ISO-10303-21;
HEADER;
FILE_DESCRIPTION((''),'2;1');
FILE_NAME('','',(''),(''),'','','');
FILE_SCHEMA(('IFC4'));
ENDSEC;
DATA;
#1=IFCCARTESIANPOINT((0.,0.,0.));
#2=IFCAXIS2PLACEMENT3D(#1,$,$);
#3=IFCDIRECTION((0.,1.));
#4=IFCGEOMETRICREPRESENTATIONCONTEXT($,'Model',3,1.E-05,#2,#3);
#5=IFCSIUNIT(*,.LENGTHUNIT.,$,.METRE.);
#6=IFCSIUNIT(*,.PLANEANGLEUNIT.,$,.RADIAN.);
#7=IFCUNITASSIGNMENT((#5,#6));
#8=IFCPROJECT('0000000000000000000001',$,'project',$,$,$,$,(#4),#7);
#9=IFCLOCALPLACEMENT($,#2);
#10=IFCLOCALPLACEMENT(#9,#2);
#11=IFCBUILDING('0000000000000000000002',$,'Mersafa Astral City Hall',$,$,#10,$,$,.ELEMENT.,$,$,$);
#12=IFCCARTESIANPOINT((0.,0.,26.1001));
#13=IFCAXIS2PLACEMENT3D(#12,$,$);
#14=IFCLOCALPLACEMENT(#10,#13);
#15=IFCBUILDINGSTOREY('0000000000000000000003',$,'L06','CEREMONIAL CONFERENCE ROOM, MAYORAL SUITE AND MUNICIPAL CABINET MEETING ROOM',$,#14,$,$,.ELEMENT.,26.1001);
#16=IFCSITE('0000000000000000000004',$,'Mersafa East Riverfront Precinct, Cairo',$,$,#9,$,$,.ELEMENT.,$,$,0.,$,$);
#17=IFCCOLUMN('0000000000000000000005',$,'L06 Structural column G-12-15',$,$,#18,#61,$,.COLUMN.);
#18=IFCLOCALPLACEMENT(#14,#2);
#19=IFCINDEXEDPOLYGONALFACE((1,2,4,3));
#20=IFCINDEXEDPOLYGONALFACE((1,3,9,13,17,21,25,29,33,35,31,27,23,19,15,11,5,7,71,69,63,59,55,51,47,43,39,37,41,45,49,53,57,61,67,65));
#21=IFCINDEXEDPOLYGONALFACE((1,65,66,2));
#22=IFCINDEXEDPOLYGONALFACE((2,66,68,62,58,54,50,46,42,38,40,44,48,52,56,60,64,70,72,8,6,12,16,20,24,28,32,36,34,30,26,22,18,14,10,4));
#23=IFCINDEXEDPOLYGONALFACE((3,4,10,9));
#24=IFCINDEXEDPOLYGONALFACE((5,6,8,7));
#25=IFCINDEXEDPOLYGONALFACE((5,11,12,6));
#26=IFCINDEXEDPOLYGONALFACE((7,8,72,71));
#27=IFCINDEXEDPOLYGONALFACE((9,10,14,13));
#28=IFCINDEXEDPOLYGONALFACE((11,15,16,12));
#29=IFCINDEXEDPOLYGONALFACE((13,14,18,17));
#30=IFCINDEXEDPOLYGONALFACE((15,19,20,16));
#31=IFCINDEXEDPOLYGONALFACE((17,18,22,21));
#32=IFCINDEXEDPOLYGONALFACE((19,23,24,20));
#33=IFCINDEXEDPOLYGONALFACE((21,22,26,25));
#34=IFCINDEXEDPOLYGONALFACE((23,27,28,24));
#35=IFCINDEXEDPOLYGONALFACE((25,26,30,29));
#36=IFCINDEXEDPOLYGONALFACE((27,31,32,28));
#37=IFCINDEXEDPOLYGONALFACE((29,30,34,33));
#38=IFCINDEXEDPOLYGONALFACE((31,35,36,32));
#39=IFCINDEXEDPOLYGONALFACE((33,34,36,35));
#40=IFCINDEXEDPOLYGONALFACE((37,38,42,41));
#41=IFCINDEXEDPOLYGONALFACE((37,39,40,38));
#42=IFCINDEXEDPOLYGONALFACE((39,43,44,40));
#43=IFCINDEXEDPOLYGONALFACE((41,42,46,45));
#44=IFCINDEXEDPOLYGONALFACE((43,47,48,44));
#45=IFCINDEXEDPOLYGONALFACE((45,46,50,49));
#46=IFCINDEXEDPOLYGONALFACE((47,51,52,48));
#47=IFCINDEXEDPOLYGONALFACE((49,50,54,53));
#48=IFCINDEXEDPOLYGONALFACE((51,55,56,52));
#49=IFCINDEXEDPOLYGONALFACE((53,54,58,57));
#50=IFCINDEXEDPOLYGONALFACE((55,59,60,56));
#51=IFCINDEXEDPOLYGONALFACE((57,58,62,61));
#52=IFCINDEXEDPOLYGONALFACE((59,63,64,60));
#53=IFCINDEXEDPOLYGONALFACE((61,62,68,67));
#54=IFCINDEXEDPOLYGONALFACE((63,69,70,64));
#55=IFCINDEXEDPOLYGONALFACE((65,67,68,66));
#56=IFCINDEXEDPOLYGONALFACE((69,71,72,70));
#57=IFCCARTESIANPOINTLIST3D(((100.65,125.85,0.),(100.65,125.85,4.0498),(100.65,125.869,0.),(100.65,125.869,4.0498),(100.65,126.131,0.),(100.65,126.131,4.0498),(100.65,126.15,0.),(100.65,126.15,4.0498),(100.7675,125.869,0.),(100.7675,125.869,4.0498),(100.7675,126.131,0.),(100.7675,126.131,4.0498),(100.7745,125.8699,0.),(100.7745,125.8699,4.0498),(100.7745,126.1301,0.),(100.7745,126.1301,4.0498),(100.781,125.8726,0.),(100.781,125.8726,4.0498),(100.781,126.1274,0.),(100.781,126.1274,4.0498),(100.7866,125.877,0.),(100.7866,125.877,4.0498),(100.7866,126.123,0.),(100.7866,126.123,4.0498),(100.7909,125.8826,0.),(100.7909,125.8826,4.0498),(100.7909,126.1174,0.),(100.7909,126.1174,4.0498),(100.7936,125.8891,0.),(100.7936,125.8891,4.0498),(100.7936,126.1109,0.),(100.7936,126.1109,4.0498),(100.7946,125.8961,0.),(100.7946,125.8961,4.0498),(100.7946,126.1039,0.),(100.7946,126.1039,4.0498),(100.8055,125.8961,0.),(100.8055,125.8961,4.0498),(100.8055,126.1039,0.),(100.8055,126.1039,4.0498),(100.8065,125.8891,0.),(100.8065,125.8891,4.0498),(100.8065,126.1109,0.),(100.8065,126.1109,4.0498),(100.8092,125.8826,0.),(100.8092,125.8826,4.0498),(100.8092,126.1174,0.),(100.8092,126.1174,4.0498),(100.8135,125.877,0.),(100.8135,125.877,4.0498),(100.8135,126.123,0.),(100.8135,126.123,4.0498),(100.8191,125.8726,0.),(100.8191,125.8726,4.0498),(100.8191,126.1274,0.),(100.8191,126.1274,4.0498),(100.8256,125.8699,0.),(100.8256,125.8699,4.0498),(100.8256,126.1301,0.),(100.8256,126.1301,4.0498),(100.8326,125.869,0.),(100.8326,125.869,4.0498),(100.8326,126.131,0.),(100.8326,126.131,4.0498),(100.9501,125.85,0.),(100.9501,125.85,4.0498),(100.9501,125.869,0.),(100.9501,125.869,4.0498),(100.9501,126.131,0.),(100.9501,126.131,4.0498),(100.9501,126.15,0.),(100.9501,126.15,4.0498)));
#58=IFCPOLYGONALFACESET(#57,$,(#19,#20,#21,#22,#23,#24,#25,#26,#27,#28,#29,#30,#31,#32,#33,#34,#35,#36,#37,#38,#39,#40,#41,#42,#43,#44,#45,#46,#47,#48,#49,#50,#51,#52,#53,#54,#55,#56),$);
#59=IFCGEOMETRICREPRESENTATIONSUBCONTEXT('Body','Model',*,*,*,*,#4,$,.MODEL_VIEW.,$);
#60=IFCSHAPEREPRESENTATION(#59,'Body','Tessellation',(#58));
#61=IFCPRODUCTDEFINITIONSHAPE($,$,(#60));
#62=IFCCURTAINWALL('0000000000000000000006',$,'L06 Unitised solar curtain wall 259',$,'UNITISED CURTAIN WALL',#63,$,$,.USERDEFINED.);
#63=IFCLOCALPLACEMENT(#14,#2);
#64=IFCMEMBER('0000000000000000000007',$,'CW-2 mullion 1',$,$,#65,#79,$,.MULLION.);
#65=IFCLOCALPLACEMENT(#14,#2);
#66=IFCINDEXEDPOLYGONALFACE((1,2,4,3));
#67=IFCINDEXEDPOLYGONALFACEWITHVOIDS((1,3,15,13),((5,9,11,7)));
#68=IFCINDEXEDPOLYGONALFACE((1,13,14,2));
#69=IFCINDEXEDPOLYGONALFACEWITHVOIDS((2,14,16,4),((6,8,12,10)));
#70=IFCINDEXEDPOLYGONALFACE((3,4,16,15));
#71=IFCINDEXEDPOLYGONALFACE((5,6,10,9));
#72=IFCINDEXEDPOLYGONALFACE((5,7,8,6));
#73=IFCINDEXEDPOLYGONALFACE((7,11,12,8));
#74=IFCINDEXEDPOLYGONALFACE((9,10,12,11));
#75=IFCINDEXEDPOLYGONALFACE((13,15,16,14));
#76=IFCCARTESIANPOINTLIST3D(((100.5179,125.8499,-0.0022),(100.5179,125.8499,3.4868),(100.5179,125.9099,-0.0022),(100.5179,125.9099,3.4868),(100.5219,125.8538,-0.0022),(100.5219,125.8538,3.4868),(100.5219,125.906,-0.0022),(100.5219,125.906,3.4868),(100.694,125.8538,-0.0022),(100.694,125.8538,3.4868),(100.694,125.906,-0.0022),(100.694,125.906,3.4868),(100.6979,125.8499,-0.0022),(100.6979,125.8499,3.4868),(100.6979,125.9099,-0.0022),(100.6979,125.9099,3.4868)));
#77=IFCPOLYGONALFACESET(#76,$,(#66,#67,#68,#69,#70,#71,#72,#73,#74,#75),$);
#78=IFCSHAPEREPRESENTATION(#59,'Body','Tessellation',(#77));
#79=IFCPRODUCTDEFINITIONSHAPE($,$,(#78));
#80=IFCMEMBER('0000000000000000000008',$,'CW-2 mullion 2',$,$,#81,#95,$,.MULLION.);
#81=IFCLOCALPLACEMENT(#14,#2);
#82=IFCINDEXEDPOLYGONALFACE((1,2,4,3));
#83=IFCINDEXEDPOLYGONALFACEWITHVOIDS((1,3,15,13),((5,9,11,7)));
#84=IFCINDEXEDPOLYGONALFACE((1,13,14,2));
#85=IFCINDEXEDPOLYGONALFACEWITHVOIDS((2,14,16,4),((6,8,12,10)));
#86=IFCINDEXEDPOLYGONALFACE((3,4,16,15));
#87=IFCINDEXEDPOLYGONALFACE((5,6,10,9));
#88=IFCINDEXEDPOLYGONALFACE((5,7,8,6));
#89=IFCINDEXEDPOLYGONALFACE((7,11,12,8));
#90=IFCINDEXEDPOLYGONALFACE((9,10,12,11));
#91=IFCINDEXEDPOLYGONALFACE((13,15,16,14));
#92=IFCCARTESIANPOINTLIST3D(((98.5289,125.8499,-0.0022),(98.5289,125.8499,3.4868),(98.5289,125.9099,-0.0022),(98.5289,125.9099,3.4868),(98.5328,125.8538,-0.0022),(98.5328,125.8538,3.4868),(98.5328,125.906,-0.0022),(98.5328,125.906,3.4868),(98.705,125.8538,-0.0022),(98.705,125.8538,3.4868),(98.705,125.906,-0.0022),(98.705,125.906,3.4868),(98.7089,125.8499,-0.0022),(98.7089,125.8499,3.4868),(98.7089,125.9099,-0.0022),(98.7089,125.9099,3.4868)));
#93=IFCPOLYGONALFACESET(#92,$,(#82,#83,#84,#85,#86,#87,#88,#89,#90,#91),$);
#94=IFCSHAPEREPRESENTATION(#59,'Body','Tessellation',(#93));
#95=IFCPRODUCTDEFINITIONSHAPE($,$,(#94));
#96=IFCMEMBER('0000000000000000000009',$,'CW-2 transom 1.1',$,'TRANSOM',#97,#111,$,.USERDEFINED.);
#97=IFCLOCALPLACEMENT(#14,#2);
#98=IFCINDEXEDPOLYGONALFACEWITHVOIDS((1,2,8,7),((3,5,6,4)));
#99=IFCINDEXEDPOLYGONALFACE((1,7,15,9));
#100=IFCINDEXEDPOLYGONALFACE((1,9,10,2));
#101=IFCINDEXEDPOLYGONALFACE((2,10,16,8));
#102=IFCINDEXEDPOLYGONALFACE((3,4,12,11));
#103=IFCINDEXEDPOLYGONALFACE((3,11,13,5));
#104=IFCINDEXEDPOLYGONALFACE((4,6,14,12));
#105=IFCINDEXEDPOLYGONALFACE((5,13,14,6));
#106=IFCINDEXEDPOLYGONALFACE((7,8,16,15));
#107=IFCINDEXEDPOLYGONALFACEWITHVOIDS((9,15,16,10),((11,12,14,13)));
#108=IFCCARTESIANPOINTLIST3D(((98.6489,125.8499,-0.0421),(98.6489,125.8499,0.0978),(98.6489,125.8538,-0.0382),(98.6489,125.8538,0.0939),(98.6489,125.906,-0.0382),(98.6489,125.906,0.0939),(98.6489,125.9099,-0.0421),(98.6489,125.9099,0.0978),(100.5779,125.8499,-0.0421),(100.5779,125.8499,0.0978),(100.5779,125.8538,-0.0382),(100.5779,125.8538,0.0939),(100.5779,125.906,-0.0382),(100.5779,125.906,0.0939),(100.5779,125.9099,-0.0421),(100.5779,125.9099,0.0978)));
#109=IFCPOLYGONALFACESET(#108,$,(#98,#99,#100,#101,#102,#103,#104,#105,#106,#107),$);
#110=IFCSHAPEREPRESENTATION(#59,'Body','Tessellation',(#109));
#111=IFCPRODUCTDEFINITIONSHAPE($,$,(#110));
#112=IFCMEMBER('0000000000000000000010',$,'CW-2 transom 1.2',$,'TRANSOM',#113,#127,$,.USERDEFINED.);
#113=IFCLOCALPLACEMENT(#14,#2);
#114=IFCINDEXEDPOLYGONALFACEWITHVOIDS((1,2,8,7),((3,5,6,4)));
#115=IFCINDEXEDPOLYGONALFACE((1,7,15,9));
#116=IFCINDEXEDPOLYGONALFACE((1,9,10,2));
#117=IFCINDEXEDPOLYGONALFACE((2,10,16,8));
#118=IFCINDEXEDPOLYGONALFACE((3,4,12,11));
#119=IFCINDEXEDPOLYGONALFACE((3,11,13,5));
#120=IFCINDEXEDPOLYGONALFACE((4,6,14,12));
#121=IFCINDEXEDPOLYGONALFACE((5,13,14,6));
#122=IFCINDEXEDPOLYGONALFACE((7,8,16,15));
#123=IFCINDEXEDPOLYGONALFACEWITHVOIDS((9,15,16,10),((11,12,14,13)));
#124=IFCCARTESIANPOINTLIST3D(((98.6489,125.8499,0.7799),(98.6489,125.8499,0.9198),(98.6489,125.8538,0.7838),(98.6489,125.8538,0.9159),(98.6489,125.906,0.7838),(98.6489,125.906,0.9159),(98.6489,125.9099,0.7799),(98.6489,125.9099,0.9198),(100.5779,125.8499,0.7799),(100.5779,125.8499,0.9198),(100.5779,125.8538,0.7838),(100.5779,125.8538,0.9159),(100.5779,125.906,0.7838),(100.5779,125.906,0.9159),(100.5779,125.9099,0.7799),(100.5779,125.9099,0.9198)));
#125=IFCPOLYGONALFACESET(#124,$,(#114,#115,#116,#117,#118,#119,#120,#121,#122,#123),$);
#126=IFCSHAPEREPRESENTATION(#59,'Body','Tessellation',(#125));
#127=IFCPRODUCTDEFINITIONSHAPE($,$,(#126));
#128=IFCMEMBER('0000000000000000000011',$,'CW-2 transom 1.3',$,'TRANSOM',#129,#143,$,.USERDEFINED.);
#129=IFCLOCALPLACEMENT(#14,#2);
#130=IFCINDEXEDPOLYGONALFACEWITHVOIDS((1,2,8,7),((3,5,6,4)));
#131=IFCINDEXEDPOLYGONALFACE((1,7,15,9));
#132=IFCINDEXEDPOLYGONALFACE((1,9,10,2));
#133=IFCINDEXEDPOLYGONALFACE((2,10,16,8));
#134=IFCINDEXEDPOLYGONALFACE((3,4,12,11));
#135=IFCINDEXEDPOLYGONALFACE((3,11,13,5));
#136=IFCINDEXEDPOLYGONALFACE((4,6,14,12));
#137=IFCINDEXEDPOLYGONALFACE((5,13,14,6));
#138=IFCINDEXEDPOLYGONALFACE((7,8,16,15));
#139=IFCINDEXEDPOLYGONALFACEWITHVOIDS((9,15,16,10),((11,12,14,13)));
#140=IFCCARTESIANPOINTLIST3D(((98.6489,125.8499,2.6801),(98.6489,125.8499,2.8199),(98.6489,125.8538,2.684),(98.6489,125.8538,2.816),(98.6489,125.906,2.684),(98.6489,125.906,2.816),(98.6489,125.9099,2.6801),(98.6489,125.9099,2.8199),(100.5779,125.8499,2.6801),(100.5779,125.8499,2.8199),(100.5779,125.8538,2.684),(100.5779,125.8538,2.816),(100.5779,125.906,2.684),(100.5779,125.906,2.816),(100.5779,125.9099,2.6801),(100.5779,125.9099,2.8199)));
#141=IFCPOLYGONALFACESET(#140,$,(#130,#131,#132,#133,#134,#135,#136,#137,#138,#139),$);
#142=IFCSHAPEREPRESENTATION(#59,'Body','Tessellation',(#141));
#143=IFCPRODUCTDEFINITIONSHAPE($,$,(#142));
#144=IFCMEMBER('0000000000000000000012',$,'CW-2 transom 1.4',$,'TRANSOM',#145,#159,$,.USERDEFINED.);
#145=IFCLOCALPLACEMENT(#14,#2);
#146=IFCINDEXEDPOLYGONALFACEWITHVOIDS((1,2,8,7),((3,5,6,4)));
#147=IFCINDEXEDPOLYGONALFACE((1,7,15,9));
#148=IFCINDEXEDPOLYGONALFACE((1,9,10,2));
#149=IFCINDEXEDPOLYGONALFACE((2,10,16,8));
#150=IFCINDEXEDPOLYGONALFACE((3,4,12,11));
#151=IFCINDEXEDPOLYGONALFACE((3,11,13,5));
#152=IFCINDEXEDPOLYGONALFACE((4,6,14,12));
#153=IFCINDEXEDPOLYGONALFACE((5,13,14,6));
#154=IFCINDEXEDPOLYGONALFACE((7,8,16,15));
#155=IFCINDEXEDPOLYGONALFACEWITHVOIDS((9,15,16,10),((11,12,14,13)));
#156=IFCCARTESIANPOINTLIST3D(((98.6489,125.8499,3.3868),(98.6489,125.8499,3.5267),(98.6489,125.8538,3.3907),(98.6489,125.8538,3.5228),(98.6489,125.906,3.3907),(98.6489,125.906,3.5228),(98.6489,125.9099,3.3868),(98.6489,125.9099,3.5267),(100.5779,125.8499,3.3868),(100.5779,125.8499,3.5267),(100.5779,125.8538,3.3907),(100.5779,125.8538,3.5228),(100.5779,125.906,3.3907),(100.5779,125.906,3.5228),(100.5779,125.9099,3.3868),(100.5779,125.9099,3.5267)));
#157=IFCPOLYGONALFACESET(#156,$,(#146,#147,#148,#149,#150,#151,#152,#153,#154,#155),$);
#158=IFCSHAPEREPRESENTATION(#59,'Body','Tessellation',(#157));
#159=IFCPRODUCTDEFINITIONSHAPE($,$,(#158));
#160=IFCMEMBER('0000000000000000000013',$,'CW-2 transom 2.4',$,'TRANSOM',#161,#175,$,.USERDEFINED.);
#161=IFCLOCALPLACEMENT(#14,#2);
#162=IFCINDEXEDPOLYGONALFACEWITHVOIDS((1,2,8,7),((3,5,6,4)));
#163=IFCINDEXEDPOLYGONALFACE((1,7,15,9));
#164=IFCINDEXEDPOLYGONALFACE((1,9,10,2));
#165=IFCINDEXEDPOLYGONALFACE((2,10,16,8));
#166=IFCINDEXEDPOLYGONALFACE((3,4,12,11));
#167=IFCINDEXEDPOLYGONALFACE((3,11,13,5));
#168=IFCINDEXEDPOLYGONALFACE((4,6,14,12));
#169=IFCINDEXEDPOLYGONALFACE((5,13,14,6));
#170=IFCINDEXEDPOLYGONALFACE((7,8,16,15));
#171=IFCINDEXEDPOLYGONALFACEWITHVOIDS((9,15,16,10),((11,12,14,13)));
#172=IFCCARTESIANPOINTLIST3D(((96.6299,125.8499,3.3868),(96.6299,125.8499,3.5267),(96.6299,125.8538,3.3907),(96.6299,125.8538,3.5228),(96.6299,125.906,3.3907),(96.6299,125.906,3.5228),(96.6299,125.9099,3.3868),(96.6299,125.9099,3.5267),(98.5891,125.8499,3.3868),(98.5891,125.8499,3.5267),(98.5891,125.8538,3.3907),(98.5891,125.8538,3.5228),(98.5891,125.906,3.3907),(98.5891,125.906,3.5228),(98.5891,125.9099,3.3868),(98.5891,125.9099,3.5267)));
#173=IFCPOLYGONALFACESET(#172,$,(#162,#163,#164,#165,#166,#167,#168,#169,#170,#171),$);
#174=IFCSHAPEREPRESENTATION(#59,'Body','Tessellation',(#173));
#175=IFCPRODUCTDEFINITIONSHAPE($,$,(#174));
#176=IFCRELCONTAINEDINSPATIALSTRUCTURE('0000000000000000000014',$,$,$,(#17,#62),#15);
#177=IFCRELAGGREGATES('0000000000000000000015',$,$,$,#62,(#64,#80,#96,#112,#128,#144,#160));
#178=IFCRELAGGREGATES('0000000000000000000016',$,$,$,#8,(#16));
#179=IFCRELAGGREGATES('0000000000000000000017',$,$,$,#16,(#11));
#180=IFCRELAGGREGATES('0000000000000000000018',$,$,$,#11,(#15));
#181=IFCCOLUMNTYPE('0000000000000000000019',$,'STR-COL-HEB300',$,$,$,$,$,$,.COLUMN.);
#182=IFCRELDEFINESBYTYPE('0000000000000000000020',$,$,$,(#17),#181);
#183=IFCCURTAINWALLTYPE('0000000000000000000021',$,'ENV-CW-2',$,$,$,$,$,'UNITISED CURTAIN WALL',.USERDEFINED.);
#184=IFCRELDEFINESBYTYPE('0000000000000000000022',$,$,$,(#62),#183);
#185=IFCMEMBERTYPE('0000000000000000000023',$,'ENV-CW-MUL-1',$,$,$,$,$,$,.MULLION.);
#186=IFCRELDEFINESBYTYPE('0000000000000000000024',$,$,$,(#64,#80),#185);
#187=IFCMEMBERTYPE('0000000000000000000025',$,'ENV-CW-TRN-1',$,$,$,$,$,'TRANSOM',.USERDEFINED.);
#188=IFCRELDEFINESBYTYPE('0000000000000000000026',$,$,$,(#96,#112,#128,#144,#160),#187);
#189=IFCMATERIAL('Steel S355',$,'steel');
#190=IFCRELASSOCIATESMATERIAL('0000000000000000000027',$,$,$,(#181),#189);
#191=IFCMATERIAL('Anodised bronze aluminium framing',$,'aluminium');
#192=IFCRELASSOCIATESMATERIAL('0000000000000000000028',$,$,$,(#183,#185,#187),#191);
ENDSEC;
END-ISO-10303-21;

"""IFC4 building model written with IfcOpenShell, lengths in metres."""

from ifc_helpers import new_model, si_unit, direction, frame, origin, origin_2d, place, context, subcontext, project, spatial, hollow_rectangle, i_section, extrude, material, material_profile, profile_set, type_object, element, aggregate, save


model = new_model("IFC4")

# Units and contexts
model_context = context("Model", 3, precision=1e-05, world=origin(), true_north=direction((0.0, 1.0)))
body_context = subcontext(model_context, "Body", "Model", "MODEL_VIEW")
ifc_project = project(units=[si_unit("LENGTHUNIT", "METRE"), si_unit("PLANEANGLEUNIT", "RADIAN")], contexts=[model_context])

# Site, building, storey
site_placement = place(None, origin())
site = spatial("IfcSite", under=ifc_project, at=site_placement, Name="Mersafa East Riverfront Precinct, Cairo", CompositionType="ELEMENT", RefElevation=0.0)
building_placement = place(site_placement, origin())
building = spatial("IfcBuilding", under=site, at=building_placement, Name="Mersafa Astral City Hall", CompositionType="ELEMENT")
storey_placement = place(building_placement, frame((0.0, 0.0, 26.1001)))
storey = spatial("IfcBuildingStorey", under=building, at=storey_placement, Name="L06", Description="CEREMONIAL CONFERENCE ROOM, MAYORAL SUITE AND MUNICIPAL CABINET MEETING ROOM", CompositionType="ELEMENT", Elevation=26.1001)

# Column
ifc_material_1 = material(Name="Steel S355", Category="steel")
ifc_material_profile_1 = material_profile(ifc_material_1, i_section(OverallWidth=0.3, OverallDepth=0.3, WebThickness=0.011, FlangeThickness=0.019, FilletRadius=0.0271, at=origin_2d()), Name="HEB 300")
ifc_profile_set_1 = profile_set([ifc_material_profile_1], Name="Steel S355")
column_type = type_object("IfcColumnType", Name="STR-COL-HEB300", PredefinedType="COLUMN", material=ifc_profile_set_1)
column_placement = place(storey_placement, frame((100.8, 126.0, 0.0), z_axis=(0.0, 0.0, 1.0), x_axis=(1.0, 0.0, 0.0)))
element("IfcColumn", 1, at=column_placement, inside=storey, type_object=column_type, Name="L06 Structural column G-12-15", PredefinedType="COLUMN", context=body_context, shape_type="SweptSolid", body=[
    extrude(i_section(OverallWidth=0.3, OverallDepth=0.3, WebThickness=0.011, FlangeThickness=0.019, FilletRadius=0.0271, at=origin_2d()), origin(), (0.0, 0.0, 1.0), 4.0498),
])

# Curtain wall, members
ifc_material_2 = material(Name="Anodised bronze aluminium framing", Category="aluminium")
curtain_wall_type = type_object("IfcCurtainWallType", Name="ENV-CW-2", ElementType="UNITISED CURTAIN WALL", PredefinedType="USERDEFINED", material=ifc_material_2)
curtain_wall_placement = place(storey_placement, origin())
curtain_wall = element("IfcCurtainWall", 2, at=curtain_wall_placement, inside=storey, type_object=curtain_wall_type, Name="L06 Unitised solar curtain wall 259", ObjectType="UNITISED CURTAIN WALL", PredefinedType="USERDEFINED")
ifc_material_profile_2 = material_profile(ifc_material_2, hollow_rectangle(XDim=0.0601, YDim=0.1799, WallThickness=0.0039, at=origin_2d()), Name="RHS 60x180x4")
ifc_profile_set_2 = profile_set([ifc_material_profile_2], Name="Anodised bronze aluminium framing")
member_type_1 = type_object("IfcMemberType", Name="ENV-CW-MUL-1", PredefinedType="MULLION", material=ifc_profile_set_2)
member_1_placement = place(storey_placement, frame((100.6079, 125.8799, -0.0022), z_axis=(0.0, 0.0, 1.0), x_axis=(0.0, -1.0, 0.0)))
member_1 = element("IfcMember", 3, at=member_1_placement, type_object=member_type_1, Name="CW-2 mullion 1", PredefinedType="MULLION", context=body_context, shape_type="SweptSolid", body=[
    extrude(hollow_rectangle(XDim=0.0601, YDim=0.1799, WallThickness=0.0039, at=origin_2d()), origin(), (0.0, 0.0, 1.0), 3.489),
])
member_2_placement = place(storey_placement, frame((98.6189, 125.8799, -0.0022), z_axis=(0.0, 0.0, 1.0), x_axis=(0.0, -1.0, 0.0)))
member_2 = element("IfcMember", 4, at=member_2_placement, type_object=member_type_1, Name="CW-2 mullion 2", PredefinedType="MULLION", context=body_context, shape_type="SweptSolid", body=[
    extrude(hollow_rectangle(XDim=0.0601, YDim=0.1799, WallThickness=0.0039, at=origin_2d()), origin(), (0.0, 0.0, 1.0), 3.489),
])
ifc_material_profile_3 = material_profile(ifc_material_2, hollow_rectangle(XDim=0.0601, YDim=0.1399, WallThickness=0.0039, at=origin_2d()), Name="RHS 60x140x4")
ifc_profile_set_3 = profile_set([ifc_material_profile_3], Name="Anodised bronze aluminium framing")
member_type_2 = type_object("IfcMemberType", Name="ENV-CW-TRN-1", ElementType="TRANSOM", PredefinedType="USERDEFINED", material=ifc_profile_set_3)
member_3_placement = place(storey_placement, frame((100.5779, 125.8799, 0.0278), z_axis=(-1.0, 0.0, 0.0), x_axis=(0.0, -1.0, 0.0)))
member_3 = element("IfcMember", 5, at=member_3_placement, type_object=member_type_2, Name="CW-2 transom 1.1", ObjectType="TRANSOM", PredefinedType="USERDEFINED", context=body_context, shape_type="SweptSolid", body=[
    extrude(hollow_rectangle(XDim=0.0601, YDim=0.1399, WallThickness=0.0039, at=origin_2d()), origin(), (0.0, 0.0, 1.0), 1.929),
])
member_4_placement = place(storey_placement, frame((100.5779, 125.8799, 0.8499), z_axis=(-1.0, 0.0, 0.0), x_axis=(0.0, -1.0, 0.0)))
member_4 = element("IfcMember", 6, at=member_4_placement, type_object=member_type_2, Name="CW-2 transom 1.2", ObjectType="TRANSOM", PredefinedType="USERDEFINED", context=body_context, shape_type="SweptSolid", body=[
    extrude(hollow_rectangle(XDim=0.0601, YDim=0.1399, WallThickness=0.0039, at=origin_2d()), origin(), (0.0, 0.0, 1.0), 1.929),
])
member_5_placement = place(storey_placement, frame((100.5779, 125.8799, 2.75), z_axis=(-1.0, 0.0, 0.0), x_axis=(0.0, -1.0, 0.0)))
member_5 = element("IfcMember", 7, at=member_5_placement, type_object=member_type_2, Name="CW-2 transom 1.3", ObjectType="TRANSOM", PredefinedType="USERDEFINED", context=body_context, shape_type="SweptSolid", body=[
    extrude(hollow_rectangle(XDim=0.0601, YDim=0.1399, WallThickness=0.0039, at=origin_2d()), origin(), (0.0, 0.0, 1.0), 1.929),
])
member_6_placement = place(storey_placement, frame((100.5779, 125.8799, 3.4568), z_axis=(-1.0, 0.0, 0.0), x_axis=(0.0, -1.0, 0.0)))
member_6 = element("IfcMember", 8, at=member_6_placement, type_object=member_type_2, Name="CW-2 transom 1.4", ObjectType="TRANSOM", PredefinedType="USERDEFINED", context=body_context, shape_type="SweptSolid", body=[
    extrude(hollow_rectangle(XDim=0.0601, YDim=0.1399, WallThickness=0.0039, at=origin_2d()), origin(), (0.0, 0.0, 1.0), 1.929),
])
member_7_placement = place(storey_placement, frame((98.5891, 125.8799, 3.4568), z_axis=(-1.0, 0.0, 0.0), x_axis=(0.0, -1.0, 0.0)))
member_7 = element("IfcMember", 9, at=member_7_placement, type_object=member_type_2, Name="CW-2 transom 2.4", ObjectType="TRANSOM", PredefinedType="USERDEFINED", context=body_context, shape_type="SweptSolid", body=[
    extrude(hollow_rectangle(XDim=0.0601, YDim=0.1399, WallThickness=0.0039, at=origin_2d()), origin(), (0.0, 0.0, 1.0), 1.9592),
])

aggregate(curtain_wall, [member_1, member_2, member_3, member_4, member_5, member_6, member_7])

save(model, "model.ifc")
